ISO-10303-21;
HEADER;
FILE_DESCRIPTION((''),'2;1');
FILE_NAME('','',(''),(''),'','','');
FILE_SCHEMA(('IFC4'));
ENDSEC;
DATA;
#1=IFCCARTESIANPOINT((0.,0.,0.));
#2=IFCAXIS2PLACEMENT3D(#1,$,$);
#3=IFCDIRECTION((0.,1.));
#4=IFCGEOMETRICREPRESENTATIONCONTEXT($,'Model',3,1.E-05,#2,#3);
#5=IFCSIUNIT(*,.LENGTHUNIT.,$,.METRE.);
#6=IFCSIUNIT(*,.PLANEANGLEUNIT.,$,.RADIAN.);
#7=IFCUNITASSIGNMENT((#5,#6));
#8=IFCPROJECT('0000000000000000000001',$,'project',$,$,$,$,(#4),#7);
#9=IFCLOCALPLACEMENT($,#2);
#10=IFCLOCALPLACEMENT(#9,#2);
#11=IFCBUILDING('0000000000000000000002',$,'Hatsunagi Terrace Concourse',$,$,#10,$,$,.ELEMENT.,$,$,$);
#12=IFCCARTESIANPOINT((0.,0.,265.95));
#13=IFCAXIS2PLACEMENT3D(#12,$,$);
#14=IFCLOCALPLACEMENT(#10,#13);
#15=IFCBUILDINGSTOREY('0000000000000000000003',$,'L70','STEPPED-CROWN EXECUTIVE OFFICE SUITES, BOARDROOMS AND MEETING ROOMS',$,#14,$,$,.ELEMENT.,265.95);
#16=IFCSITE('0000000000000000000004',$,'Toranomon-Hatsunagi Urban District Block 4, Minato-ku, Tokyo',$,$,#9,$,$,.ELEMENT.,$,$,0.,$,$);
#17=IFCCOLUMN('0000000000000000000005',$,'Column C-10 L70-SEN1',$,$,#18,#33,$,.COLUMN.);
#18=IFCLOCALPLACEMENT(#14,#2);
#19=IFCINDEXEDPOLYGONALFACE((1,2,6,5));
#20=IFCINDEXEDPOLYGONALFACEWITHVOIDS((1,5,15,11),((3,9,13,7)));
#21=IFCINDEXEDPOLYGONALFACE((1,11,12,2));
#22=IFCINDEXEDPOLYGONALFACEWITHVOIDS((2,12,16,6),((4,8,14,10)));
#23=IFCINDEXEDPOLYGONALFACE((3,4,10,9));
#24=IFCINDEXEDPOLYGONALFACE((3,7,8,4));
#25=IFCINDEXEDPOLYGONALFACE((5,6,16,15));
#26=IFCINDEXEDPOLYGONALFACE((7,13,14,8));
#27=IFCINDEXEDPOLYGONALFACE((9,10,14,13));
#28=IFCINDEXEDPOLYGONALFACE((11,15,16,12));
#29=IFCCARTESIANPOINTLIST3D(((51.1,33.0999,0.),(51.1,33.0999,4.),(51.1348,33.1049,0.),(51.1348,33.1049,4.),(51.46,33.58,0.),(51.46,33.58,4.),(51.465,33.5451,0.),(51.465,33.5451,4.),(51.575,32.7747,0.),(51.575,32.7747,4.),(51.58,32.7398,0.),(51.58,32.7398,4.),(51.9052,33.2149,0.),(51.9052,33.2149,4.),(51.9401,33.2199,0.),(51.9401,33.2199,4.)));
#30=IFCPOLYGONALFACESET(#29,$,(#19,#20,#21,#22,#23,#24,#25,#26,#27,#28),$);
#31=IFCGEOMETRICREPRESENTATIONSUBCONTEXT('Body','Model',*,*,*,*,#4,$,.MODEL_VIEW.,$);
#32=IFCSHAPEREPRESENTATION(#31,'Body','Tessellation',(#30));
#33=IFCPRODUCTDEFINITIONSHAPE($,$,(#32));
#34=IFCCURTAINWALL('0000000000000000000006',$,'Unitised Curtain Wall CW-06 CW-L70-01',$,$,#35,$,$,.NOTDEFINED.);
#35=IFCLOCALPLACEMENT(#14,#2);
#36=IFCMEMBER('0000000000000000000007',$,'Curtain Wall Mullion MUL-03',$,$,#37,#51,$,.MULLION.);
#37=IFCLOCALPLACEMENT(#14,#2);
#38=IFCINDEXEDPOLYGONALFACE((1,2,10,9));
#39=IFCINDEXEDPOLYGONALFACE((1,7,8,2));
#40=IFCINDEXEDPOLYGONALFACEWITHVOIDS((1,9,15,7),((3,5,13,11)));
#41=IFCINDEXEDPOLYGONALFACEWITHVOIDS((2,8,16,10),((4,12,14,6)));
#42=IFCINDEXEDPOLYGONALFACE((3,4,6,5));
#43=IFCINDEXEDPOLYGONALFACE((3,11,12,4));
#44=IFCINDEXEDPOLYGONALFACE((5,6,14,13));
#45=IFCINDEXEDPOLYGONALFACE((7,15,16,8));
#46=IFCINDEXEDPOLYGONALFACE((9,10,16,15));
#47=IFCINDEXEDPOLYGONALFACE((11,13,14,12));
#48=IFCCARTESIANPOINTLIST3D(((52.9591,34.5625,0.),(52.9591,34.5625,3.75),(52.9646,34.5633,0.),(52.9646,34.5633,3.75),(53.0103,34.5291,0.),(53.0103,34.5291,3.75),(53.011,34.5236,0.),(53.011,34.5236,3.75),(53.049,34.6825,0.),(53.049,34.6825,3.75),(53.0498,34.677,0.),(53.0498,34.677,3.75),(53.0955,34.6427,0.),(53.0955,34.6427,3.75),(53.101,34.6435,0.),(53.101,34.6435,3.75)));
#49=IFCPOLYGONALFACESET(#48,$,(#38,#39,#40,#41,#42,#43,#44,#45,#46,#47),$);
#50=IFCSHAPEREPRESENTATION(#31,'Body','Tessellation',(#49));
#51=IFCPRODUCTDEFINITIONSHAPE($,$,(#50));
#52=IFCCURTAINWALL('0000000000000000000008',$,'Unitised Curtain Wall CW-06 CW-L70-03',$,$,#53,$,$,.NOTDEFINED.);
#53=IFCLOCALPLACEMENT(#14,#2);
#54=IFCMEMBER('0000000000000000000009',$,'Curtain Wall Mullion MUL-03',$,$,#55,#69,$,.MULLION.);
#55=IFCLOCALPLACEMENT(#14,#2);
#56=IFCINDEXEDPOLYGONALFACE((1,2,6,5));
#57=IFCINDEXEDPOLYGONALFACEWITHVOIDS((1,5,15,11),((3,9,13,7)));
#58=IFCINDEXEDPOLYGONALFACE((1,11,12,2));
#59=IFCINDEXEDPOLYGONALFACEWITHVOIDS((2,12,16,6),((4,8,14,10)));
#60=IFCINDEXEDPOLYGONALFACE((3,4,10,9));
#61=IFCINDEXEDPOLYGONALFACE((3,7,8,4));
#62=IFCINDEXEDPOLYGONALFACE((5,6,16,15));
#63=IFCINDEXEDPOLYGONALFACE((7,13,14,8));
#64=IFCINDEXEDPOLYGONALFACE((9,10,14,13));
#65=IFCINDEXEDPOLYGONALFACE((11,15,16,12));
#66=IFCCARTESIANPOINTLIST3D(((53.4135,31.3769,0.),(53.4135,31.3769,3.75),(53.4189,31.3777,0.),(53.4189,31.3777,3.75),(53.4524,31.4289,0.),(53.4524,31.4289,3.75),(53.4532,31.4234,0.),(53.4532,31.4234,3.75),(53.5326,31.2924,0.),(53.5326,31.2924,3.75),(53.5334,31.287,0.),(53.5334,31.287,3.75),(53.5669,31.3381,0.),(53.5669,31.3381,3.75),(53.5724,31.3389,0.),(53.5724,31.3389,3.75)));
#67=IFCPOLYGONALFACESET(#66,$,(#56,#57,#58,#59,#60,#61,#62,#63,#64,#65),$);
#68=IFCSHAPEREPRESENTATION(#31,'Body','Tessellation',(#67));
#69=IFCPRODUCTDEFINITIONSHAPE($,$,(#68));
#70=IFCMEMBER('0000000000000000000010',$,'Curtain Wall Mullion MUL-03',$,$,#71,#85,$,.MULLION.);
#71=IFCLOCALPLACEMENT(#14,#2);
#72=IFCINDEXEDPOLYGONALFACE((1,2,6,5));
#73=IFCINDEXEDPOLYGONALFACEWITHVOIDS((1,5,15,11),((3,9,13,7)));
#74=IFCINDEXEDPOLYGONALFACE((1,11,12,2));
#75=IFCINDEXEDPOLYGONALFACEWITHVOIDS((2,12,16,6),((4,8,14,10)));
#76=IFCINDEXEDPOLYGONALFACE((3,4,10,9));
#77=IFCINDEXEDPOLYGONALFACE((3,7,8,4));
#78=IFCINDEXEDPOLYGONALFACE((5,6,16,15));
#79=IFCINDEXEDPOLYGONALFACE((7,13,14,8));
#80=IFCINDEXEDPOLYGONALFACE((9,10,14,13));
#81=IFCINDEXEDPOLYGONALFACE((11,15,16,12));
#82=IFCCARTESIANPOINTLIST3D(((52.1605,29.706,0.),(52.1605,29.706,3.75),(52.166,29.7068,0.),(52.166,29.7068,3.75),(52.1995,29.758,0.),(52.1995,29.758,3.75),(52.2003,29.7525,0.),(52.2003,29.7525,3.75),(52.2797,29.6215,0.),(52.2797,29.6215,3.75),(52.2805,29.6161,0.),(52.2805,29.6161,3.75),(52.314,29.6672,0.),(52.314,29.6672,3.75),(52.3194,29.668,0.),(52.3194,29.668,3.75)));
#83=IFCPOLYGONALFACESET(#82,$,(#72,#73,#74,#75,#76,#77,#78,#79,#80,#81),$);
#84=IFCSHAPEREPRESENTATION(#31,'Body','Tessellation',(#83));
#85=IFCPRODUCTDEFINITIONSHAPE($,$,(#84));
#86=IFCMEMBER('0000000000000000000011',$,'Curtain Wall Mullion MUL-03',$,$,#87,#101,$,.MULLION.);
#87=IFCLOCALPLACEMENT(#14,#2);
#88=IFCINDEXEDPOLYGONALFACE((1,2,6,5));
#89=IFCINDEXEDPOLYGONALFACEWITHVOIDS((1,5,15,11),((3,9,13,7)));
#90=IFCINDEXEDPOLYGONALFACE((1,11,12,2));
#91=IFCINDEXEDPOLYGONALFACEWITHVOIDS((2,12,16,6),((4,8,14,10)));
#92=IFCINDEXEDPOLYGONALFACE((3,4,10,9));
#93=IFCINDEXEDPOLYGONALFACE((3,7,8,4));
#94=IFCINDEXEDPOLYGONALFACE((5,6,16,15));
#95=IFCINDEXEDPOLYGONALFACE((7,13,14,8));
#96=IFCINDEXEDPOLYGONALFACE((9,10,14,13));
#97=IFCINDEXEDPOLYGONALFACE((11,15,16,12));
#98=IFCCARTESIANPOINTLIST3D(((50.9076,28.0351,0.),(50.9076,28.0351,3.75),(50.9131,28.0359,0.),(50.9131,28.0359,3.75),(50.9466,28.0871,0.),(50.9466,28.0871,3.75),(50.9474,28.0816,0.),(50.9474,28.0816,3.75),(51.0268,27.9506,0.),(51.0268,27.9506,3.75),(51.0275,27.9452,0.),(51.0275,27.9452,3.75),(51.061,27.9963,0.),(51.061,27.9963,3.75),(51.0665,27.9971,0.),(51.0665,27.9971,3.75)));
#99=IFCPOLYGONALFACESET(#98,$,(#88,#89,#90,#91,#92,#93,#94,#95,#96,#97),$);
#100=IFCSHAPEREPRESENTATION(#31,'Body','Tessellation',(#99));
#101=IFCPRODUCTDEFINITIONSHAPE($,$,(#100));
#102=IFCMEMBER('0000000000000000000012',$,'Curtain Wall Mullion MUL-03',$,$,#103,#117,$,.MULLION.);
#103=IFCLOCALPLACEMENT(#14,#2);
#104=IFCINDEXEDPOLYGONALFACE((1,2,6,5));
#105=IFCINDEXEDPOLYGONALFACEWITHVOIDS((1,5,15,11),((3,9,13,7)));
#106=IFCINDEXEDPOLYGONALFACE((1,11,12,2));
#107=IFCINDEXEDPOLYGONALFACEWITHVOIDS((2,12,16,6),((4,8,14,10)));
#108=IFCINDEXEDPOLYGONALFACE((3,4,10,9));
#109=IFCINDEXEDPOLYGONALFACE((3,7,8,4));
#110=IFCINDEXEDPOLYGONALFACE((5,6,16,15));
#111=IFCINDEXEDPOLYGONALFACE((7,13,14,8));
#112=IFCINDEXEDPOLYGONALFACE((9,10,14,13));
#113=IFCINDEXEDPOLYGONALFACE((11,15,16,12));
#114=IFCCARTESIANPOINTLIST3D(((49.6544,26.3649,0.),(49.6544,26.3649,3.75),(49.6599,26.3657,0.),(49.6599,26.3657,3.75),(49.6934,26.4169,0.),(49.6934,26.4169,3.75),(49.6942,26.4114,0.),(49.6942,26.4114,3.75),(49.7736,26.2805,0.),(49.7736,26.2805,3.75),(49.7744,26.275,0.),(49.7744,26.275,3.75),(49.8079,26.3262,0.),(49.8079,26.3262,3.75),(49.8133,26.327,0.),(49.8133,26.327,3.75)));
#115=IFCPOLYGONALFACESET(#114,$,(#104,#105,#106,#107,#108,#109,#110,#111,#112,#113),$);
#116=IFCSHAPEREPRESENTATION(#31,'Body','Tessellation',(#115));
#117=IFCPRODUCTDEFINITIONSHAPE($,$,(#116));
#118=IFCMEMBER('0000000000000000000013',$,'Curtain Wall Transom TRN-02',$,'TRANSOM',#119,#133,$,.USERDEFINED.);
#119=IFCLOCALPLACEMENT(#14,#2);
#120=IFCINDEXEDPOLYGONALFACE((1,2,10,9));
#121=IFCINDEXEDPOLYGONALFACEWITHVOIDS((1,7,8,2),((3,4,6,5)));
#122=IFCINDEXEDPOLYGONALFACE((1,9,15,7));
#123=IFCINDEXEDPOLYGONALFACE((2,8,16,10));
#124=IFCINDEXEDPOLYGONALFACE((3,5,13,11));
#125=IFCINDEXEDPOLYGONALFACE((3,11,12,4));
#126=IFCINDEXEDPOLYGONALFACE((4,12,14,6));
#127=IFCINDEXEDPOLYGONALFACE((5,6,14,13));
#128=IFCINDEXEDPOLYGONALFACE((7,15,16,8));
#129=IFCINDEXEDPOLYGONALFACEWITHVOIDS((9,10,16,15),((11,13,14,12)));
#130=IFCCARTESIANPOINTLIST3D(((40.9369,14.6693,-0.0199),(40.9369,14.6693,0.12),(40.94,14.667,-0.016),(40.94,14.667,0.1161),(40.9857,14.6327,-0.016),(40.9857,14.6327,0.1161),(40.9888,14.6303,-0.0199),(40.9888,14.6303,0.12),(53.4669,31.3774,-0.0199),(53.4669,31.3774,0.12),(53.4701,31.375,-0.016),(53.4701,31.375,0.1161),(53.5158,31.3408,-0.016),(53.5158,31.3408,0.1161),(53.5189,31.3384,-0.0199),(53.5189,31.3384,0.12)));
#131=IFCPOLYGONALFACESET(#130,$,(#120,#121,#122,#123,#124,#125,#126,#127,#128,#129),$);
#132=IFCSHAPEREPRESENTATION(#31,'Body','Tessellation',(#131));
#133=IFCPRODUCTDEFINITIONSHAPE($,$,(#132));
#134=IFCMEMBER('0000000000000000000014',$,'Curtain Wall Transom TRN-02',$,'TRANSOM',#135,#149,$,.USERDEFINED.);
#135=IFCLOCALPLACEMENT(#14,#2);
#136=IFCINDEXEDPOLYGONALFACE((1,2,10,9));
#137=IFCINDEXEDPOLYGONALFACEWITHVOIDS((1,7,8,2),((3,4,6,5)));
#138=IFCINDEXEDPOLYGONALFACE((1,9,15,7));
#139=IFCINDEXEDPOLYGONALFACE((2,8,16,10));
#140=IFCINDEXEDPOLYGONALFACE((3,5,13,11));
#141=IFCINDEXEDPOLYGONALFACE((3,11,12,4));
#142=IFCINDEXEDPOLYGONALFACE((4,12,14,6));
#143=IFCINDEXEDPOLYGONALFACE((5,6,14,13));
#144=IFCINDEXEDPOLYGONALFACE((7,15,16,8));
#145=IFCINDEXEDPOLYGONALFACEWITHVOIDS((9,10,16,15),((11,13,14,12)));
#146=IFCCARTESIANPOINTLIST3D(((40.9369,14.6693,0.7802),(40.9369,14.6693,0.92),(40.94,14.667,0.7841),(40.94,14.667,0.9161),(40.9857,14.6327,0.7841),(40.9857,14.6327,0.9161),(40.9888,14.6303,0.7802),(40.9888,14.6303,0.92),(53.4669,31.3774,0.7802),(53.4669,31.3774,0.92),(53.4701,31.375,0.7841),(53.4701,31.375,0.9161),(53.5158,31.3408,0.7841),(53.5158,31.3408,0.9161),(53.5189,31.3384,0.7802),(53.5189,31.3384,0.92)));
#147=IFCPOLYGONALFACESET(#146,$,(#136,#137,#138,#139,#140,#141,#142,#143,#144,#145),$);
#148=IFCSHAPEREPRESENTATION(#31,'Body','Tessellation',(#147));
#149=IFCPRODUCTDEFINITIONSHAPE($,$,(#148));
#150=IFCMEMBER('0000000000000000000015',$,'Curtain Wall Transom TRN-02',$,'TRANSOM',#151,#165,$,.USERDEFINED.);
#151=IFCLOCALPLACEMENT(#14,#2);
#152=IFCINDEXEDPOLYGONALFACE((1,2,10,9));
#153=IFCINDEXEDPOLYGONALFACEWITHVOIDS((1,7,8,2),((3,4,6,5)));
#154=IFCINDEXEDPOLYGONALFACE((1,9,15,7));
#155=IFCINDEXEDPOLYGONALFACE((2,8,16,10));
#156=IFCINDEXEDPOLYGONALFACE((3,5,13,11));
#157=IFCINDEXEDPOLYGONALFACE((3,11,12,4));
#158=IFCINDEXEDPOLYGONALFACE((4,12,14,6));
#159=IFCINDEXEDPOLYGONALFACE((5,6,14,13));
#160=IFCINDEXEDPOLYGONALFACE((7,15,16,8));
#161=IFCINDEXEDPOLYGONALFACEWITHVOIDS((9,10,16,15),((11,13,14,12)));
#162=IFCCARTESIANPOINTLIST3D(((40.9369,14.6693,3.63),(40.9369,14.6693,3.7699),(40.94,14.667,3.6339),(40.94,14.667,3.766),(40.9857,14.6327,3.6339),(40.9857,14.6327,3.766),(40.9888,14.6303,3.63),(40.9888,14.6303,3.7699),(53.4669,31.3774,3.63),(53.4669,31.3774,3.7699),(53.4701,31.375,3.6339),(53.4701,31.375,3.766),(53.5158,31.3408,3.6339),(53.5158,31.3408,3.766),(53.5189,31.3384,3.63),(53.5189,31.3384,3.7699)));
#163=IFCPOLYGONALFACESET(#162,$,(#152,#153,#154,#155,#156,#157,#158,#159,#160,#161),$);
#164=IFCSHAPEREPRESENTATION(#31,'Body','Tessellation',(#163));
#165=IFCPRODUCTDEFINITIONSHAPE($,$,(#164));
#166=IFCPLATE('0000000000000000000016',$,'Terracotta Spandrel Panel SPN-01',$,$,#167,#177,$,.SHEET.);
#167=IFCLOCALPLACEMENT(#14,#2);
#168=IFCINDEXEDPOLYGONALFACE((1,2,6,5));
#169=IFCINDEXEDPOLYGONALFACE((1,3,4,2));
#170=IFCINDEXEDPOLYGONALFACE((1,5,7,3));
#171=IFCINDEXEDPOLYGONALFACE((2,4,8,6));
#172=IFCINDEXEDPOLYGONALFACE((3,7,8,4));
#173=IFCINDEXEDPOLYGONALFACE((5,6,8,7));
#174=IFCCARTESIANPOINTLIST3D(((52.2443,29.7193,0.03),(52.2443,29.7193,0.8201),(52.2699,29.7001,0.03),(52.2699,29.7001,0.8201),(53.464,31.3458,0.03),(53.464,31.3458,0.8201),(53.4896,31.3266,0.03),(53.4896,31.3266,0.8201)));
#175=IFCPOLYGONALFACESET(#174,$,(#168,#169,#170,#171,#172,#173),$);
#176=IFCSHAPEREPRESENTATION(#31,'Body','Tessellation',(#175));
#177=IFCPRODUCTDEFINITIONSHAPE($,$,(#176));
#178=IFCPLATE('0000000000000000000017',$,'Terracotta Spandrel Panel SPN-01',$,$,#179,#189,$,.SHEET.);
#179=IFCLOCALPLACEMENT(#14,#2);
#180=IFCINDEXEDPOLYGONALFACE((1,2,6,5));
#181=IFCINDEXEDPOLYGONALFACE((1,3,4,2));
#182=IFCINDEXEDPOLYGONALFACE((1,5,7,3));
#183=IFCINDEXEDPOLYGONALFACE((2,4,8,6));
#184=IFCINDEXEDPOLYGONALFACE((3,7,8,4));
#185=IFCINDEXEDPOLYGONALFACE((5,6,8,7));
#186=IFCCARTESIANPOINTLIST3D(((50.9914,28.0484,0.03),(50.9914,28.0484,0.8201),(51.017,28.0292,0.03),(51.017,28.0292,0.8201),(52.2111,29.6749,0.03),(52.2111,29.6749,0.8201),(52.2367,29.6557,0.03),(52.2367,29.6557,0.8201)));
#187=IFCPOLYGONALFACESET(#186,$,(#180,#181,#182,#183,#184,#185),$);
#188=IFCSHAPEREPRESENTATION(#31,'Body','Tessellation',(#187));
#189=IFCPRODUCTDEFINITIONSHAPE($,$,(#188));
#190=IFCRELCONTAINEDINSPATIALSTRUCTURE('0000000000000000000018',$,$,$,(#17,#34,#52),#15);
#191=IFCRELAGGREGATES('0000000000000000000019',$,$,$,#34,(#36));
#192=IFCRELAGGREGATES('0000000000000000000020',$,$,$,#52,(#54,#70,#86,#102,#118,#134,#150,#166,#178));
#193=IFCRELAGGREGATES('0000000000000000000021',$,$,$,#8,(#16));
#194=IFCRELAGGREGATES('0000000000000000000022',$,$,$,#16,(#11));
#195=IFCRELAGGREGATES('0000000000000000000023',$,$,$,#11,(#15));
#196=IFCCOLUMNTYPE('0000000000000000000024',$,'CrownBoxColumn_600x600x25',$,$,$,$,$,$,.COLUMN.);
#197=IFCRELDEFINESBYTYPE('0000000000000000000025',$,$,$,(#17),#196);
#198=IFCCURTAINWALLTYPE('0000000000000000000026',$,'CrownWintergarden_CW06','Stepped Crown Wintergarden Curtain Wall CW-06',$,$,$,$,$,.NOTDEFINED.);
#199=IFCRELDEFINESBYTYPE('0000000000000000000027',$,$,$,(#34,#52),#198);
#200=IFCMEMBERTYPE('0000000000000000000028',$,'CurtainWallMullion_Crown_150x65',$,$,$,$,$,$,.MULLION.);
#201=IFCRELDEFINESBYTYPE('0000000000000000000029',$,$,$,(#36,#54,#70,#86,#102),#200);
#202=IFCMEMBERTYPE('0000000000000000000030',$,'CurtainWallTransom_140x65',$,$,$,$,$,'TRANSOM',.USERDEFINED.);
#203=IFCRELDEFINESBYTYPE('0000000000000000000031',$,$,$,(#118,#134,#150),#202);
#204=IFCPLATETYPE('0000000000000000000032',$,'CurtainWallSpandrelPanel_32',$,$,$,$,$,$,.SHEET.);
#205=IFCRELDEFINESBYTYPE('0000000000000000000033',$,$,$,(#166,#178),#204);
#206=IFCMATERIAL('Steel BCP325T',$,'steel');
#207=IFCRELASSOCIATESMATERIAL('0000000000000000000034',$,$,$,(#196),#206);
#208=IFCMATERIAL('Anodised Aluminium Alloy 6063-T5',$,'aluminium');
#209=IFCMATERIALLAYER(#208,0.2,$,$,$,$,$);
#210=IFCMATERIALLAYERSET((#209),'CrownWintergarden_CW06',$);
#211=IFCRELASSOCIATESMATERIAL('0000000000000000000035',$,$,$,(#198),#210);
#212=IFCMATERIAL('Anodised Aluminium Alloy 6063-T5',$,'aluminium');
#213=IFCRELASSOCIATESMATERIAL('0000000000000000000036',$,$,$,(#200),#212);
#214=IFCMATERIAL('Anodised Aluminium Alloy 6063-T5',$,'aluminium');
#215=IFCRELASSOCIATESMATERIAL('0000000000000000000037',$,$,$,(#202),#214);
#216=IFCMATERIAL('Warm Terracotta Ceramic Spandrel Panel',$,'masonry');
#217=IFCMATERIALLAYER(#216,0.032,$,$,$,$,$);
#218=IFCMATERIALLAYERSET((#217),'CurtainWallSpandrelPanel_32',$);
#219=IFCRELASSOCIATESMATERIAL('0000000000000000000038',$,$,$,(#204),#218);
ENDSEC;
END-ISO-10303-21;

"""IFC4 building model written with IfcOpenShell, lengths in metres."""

from ifc_helpers import new_model, si_unit, direction, frame, origin, origin_2d, place, context, subcontext, project, spatial, rectangle, hollow_rectangle, extrude, material, layer, layer_set, material_profile, profile_set, type_object, element, aggregate, save


model = new_model("IFC4")

# Units and contexts
model_context = context("Model", 3, precision=1e-05, world=origin(), true_north=direction((0.0, 1.0)))
body_context = subcontext(model_context, "Body", "Model", "MODEL_VIEW")
ifc_project = project(units=[si_unit("LENGTHUNIT", "METRE"), si_unit("PLANEANGLEUNIT", "RADIAN")], contexts=[model_context])

# Site, building, storey
site_placement = place(None, origin())
site = spatial("IfcSite", under=ifc_project, at=site_placement, Name="Toranomon-Hatsunagi Urban District Block 4, Minato-ku, Tokyo", CompositionType="ELEMENT", RefElevation=0.0)
building_placement = place(site_placement, origin())
building = spatial("IfcBuilding", under=site, at=building_placement, Name="Hatsunagi Terrace Concourse", CompositionType="ELEMENT")
storey_placement = place(building_placement, frame((0.0, 0.0, 265.95)))
storey = spatial("IfcBuildingStorey", under=building, at=storey_placement, Name="L70", Description="STEPPED-CROWN EXECUTIVE OFFICE SUITES, BOARDROOMS AND MEETING ROOMS", CompositionType="ELEMENT", Elevation=265.95)

# Column
ifc_material_1 = material(Name="Steel BCP325T", Category="steel")
ifc_material_profile_1 = material_profile(ifc_material_1, hollow_rectangle(XDim=0.6001, YDim=0.6001, WallThickness=0.0249, at=origin_2d()), Name="BCP-600x600x25")
ifc_profile_set_1 = profile_set([ifc_material_profile_1], Name="Steel BCP325T")
column_type = type_object("IfcColumnType", Name="CrownBoxColumn_600x600x25", PredefinedType="COLUMN", material=ifc_profile_set_1)
column_placement = place(storey_placement, frame((51.52, 33.1599, 0.0), z_axis=(0.0, 0.0, 1.0), x_axis=(0.8, -0.6, 0.0)))
element("IfcColumn", 1, at=column_placement, inside=storey, type_object=column_type, Name="Column C-10 L70-SEN1", PredefinedType="COLUMN", context=body_context, shape_type="SweptSolid", body=[
    extrude(hollow_rectangle(XDim=0.6001, YDim=0.6001, WallThickness=0.0249, at=origin_2d()), origin(), (0.0, 0.0, 1.0), 4.0),
])

# Curtain wall, member
ifc_material_2 = material(Name="Anodised Aluminium Alloy 6063-T5", Category="aluminium")
ifc_layer_1 = layer(ifc_material_2, 0.2)
ifc_layer_set_1 = layer_set([ifc_layer_1], Name="CrownWintergarden_CW06")
curtain_wall_type = type_object("IfcCurtainWallType", Name="CrownWintergarden_CW06", Description="Stepped Crown Wintergarden Curtain Wall CW-06", PredefinedType="NOTDEFINED", material=ifc_layer_set_1)
curtain_wall_1_placement = place(storey_placement, origin())
curtain_wall_1 = element("IfcCurtainWall", 2, at=curtain_wall_1_placement, inside=storey, type_object=curtain_wall_type, Name="Unitised Curtain Wall CW-06 CW-L70-01", PredefinedType="NOTDEFINED")
ifc_material_3 = material(Name="Anodised Aluminium Alloy 6063-T5", Category="aluminium")
ifc_material_profile_2 = material_profile(ifc_material_3, hollow_rectangle(XDim=0.0649, YDim=0.1499, WallThickness=0.0039, at=origin_2d()), Name="ALU-MUL-150x65x4")
ifc_profile_set_2 = profile_set([ifc_material_profile_2], Name="Anodised Aluminium Alloy 6063-T5")
member_type_1 = type_object("IfcMemberType", Name="CurtainWallMullion_Crown_150x65", PredefinedType="MULLION", material=ifc_profile_set_2)
member_1_placement = place(storey_placement, frame((53.03, 34.603, 0.0), z_axis=(0.0, 0.0, 1.0), x_axis=(0.800023, -0.599969, 0.0)))
member_1 = element("IfcMember", 3, at=member_1_placement, type_object=member_type_1, Name="Curtain Wall Mullion MUL-03", PredefinedType="MULLION", context=body_context, shape_type="SweptSolid", body=[
    extrude(hollow_rectangle(XDim=0.0649, YDim=0.1499, WallThickness=0.0039, at=origin_2d()), origin(), (0.0, 0.0, 1.0), 3.75),
])
aggregate(curtain_wall_1, [member_1])

# Curtain wall, members, plates
curtain_wall_2_placement = place(storey_placement, origin())
curtain_wall_2 = element("IfcCurtainWall", 4, at=curtain_wall_2_placement, inside=storey, type_object=curtain_wall_type, Name="Unitised Curtain Wall CW-06 CW-L70-03", PredefinedType="NOTDEFINED")
member_2_placement = place(storey_placement, frame((53.4929, 31.3579, 0.0), z_axis=(0.0, 0.0, 1.0), x_axis=(-0.599969, -0.800023, 0.0)))
member_2 = element("IfcMember", 5, at=member_2_placement, type_object=member_type_1, Name="Curtain Wall Mullion MUL-03", PredefinedType="MULLION", context=body_context, shape_type="SweptSolid", body=[
    extrude(hollow_rectangle(XDim=0.0649, YDim=0.1499, WallThickness=0.0039, at=origin_2d()), origin(), (0.0, 0.0, 1.0), 3.75),
])
member_3_placement = place(storey_placement, frame((52.24, 29.687, 0.0), z_axis=(0.0, 0.0, 1.0), x_axis=(-0.599969, -0.800023, 0.0)))
member_3 = element("IfcMember", 6, at=member_3_placement, type_object=member_type_1, Name="Curtain Wall Mullion MUL-03", PredefinedType="MULLION", context=body_context, shape_type="SweptSolid", body=[
    extrude(hollow_rectangle(XDim=0.0649, YDim=0.1499, WallThickness=0.0039, at=origin_2d()), origin(), (0.0, 0.0, 1.0), 3.75),
])
member_4_placement = place(storey_placement, frame((50.9871, 28.0161, 0.0), z_axis=(0.0, 0.0, 1.0), x_axis=(-0.599969, -0.800023, 0.0)))
member_4 = element("IfcMember", 7, at=member_4_placement, type_object=member_type_1, Name="Curtain Wall Mullion MUL-03", PredefinedType="MULLION", context=body_context, shape_type="SweptSolid", body=[
    extrude(hollow_rectangle(XDim=0.0649, YDim=0.1499, WallThickness=0.0039, at=origin_2d()), origin(), (0.0, 0.0, 1.0), 3.75),
])
member_5_placement = place(storey_placement, frame((49.7339, 26.3459, 0.0), z_axis=(0.0, 0.0, 1.0), x_axis=(-0.599969, -0.800023, 0.0)))
member_5 = element("IfcMember", 8, at=member_5_placement, type_object=member_type_1, Name="Curtain Wall Mullion MUL-03", PredefinedType="MULLION", context=body_context, shape_type="SweptSolid", body=[
    extrude(hollow_rectangle(XDim=0.0649, YDim=0.1499, WallThickness=0.0039, at=origin_2d()), origin(), (0.0, 0.0, 1.0), 3.75),
])
ifc_material_4 = material(Name="Anodised Aluminium Alloy 6063-T5", Category="aluminium")
ifc_material_profile_3 = material_profile(ifc_material_4, hollow_rectangle(XDim=0.0649, YDim=0.1399, WallThickness=0.0039, at=origin_2d()), Name="ALU-TRN-140x65x4")
ifc_profile_set_3 = profile_set([ifc_material_profile_3], Name="Anodised Aluminium Alloy 6063-T5")
member_type_2 = type_object("IfcMemberType", Name="CurtainWallTransom_140x65", ElementType="TRANSOM", PredefinedType="USERDEFINED", material=ifc_profile_set_3)
member_6_placement = place(storey_placement, frame((53.4929, 31.3579, 0.05), z_axis=(-0.59997, -0.800022, 0.0), x_axis=(0.800022, -0.59997, 0.0)))
member_6 = element("IfcMember", 9, at=member_6_placement, type_object=member_type_2, Name="Curtain Wall Transom TRN-02", ObjectType="TRANSOM", PredefinedType="USERDEFINED", context=body_context, shape_type="SweptSolid", body=[
    extrude(hollow_rectangle(XDim=0.0649, YDim=0.1399, WallThickness=0.0039, at=origin_2d()), origin(), (0.0, 0.0, 1.0), 20.8845),
])
member_7_placement = place(storey_placement, frame((53.4929, 31.3579, 0.8501), z_axis=(-0.59997, -0.800022, 0.0), x_axis=(0.800022, -0.59997, 0.0)))
member_7 = element("IfcMember", 10, at=member_7_placement, type_object=member_type_2, Name="Curtain Wall Transom TRN-02", ObjectType="TRANSOM", PredefinedType="USERDEFINED", context=body_context, shape_type="SweptSolid", body=[
    extrude(hollow_rectangle(XDim=0.0649, YDim=0.1399, WallThickness=0.0039, at=origin_2d()), origin(), (0.0, 0.0, 1.0), 20.8845),
])
member_8_placement = place(storey_placement, frame((53.4929, 31.3579, 3.7), z_axis=(-0.59997, -0.800022, 0.0), x_axis=(0.800022, -0.59997, 0.0)))
member_8 = element("IfcMember", 11, at=member_8_placement, type_object=member_type_2, Name="Curtain Wall Transom TRN-02", ObjectType="TRANSOM", PredefinedType="USERDEFINED", context=body_context, shape_type="SweptSolid", body=[
    extrude(hollow_rectangle(XDim=0.0649, YDim=0.1399, WallThickness=0.0039, at=origin_2d()), origin(), (0.0, 0.0, 1.0), 20.8845),
])
ifc_material_5 = material(Name="Warm Terracotta Ceramic Spandrel Panel", Category="masonry")
ifc_layer_2 = layer(ifc_material_5, 0.032)
ifc_layer_set_2 = layer_set([ifc_layer_2], Name="CurtainWallSpandrelPanel_32")
plate_type_1 = type_object("IfcPlateType", Name="CurtainWallSpandrelPanel_32", PredefinedType="SHEET", material=ifc_layer_set_2)
plate_1_placement = place(storey_placement, frame((52.8669, 30.5229, 0.03), z_axis=(0.0, 0.0, 1.0), x_axis=(-0.599969, -0.800023, 0.0)))
plate_1 = element("IfcPlate", 12, at=plate_1_placement, type_object=plate_type_1, Name="Terracotta Spandrel Panel SPN-01", PredefinedType="SHEET", context=body_context, shape_type="SweptSolid", body=[
    extrude(rectangle(XDim=2.033, YDim=0.032, at=origin_2d()), origin(), (0.0, 0.0, 1.0), 0.79),
])
plate_2_placement = place(storey_placement, frame((51.614, 28.8521, 0.03), z_axis=(0.0, 0.0, 1.0), x_axis=(-0.599969, -0.800023, 0.0)))
plate_2 = element("IfcPlate", 13, at=plate_2_placement, type_object=plate_type_1, Name="Terracotta Spandrel Panel SPN-01", PredefinedType="SHEET", context=body_context, shape_type="SweptSolid", body=[
    extrude(rectangle(XDim=2.033, YDim=0.032, at=origin_2d()), origin(), (0.0, 0.0, 1.0), 0.79),
])
aggregate(curtain_wall_2, [member_2, member_3, member_4, member_5, member_6, member_7, member_8, plate_1, plate_2])

save(model, "model.ifc")
